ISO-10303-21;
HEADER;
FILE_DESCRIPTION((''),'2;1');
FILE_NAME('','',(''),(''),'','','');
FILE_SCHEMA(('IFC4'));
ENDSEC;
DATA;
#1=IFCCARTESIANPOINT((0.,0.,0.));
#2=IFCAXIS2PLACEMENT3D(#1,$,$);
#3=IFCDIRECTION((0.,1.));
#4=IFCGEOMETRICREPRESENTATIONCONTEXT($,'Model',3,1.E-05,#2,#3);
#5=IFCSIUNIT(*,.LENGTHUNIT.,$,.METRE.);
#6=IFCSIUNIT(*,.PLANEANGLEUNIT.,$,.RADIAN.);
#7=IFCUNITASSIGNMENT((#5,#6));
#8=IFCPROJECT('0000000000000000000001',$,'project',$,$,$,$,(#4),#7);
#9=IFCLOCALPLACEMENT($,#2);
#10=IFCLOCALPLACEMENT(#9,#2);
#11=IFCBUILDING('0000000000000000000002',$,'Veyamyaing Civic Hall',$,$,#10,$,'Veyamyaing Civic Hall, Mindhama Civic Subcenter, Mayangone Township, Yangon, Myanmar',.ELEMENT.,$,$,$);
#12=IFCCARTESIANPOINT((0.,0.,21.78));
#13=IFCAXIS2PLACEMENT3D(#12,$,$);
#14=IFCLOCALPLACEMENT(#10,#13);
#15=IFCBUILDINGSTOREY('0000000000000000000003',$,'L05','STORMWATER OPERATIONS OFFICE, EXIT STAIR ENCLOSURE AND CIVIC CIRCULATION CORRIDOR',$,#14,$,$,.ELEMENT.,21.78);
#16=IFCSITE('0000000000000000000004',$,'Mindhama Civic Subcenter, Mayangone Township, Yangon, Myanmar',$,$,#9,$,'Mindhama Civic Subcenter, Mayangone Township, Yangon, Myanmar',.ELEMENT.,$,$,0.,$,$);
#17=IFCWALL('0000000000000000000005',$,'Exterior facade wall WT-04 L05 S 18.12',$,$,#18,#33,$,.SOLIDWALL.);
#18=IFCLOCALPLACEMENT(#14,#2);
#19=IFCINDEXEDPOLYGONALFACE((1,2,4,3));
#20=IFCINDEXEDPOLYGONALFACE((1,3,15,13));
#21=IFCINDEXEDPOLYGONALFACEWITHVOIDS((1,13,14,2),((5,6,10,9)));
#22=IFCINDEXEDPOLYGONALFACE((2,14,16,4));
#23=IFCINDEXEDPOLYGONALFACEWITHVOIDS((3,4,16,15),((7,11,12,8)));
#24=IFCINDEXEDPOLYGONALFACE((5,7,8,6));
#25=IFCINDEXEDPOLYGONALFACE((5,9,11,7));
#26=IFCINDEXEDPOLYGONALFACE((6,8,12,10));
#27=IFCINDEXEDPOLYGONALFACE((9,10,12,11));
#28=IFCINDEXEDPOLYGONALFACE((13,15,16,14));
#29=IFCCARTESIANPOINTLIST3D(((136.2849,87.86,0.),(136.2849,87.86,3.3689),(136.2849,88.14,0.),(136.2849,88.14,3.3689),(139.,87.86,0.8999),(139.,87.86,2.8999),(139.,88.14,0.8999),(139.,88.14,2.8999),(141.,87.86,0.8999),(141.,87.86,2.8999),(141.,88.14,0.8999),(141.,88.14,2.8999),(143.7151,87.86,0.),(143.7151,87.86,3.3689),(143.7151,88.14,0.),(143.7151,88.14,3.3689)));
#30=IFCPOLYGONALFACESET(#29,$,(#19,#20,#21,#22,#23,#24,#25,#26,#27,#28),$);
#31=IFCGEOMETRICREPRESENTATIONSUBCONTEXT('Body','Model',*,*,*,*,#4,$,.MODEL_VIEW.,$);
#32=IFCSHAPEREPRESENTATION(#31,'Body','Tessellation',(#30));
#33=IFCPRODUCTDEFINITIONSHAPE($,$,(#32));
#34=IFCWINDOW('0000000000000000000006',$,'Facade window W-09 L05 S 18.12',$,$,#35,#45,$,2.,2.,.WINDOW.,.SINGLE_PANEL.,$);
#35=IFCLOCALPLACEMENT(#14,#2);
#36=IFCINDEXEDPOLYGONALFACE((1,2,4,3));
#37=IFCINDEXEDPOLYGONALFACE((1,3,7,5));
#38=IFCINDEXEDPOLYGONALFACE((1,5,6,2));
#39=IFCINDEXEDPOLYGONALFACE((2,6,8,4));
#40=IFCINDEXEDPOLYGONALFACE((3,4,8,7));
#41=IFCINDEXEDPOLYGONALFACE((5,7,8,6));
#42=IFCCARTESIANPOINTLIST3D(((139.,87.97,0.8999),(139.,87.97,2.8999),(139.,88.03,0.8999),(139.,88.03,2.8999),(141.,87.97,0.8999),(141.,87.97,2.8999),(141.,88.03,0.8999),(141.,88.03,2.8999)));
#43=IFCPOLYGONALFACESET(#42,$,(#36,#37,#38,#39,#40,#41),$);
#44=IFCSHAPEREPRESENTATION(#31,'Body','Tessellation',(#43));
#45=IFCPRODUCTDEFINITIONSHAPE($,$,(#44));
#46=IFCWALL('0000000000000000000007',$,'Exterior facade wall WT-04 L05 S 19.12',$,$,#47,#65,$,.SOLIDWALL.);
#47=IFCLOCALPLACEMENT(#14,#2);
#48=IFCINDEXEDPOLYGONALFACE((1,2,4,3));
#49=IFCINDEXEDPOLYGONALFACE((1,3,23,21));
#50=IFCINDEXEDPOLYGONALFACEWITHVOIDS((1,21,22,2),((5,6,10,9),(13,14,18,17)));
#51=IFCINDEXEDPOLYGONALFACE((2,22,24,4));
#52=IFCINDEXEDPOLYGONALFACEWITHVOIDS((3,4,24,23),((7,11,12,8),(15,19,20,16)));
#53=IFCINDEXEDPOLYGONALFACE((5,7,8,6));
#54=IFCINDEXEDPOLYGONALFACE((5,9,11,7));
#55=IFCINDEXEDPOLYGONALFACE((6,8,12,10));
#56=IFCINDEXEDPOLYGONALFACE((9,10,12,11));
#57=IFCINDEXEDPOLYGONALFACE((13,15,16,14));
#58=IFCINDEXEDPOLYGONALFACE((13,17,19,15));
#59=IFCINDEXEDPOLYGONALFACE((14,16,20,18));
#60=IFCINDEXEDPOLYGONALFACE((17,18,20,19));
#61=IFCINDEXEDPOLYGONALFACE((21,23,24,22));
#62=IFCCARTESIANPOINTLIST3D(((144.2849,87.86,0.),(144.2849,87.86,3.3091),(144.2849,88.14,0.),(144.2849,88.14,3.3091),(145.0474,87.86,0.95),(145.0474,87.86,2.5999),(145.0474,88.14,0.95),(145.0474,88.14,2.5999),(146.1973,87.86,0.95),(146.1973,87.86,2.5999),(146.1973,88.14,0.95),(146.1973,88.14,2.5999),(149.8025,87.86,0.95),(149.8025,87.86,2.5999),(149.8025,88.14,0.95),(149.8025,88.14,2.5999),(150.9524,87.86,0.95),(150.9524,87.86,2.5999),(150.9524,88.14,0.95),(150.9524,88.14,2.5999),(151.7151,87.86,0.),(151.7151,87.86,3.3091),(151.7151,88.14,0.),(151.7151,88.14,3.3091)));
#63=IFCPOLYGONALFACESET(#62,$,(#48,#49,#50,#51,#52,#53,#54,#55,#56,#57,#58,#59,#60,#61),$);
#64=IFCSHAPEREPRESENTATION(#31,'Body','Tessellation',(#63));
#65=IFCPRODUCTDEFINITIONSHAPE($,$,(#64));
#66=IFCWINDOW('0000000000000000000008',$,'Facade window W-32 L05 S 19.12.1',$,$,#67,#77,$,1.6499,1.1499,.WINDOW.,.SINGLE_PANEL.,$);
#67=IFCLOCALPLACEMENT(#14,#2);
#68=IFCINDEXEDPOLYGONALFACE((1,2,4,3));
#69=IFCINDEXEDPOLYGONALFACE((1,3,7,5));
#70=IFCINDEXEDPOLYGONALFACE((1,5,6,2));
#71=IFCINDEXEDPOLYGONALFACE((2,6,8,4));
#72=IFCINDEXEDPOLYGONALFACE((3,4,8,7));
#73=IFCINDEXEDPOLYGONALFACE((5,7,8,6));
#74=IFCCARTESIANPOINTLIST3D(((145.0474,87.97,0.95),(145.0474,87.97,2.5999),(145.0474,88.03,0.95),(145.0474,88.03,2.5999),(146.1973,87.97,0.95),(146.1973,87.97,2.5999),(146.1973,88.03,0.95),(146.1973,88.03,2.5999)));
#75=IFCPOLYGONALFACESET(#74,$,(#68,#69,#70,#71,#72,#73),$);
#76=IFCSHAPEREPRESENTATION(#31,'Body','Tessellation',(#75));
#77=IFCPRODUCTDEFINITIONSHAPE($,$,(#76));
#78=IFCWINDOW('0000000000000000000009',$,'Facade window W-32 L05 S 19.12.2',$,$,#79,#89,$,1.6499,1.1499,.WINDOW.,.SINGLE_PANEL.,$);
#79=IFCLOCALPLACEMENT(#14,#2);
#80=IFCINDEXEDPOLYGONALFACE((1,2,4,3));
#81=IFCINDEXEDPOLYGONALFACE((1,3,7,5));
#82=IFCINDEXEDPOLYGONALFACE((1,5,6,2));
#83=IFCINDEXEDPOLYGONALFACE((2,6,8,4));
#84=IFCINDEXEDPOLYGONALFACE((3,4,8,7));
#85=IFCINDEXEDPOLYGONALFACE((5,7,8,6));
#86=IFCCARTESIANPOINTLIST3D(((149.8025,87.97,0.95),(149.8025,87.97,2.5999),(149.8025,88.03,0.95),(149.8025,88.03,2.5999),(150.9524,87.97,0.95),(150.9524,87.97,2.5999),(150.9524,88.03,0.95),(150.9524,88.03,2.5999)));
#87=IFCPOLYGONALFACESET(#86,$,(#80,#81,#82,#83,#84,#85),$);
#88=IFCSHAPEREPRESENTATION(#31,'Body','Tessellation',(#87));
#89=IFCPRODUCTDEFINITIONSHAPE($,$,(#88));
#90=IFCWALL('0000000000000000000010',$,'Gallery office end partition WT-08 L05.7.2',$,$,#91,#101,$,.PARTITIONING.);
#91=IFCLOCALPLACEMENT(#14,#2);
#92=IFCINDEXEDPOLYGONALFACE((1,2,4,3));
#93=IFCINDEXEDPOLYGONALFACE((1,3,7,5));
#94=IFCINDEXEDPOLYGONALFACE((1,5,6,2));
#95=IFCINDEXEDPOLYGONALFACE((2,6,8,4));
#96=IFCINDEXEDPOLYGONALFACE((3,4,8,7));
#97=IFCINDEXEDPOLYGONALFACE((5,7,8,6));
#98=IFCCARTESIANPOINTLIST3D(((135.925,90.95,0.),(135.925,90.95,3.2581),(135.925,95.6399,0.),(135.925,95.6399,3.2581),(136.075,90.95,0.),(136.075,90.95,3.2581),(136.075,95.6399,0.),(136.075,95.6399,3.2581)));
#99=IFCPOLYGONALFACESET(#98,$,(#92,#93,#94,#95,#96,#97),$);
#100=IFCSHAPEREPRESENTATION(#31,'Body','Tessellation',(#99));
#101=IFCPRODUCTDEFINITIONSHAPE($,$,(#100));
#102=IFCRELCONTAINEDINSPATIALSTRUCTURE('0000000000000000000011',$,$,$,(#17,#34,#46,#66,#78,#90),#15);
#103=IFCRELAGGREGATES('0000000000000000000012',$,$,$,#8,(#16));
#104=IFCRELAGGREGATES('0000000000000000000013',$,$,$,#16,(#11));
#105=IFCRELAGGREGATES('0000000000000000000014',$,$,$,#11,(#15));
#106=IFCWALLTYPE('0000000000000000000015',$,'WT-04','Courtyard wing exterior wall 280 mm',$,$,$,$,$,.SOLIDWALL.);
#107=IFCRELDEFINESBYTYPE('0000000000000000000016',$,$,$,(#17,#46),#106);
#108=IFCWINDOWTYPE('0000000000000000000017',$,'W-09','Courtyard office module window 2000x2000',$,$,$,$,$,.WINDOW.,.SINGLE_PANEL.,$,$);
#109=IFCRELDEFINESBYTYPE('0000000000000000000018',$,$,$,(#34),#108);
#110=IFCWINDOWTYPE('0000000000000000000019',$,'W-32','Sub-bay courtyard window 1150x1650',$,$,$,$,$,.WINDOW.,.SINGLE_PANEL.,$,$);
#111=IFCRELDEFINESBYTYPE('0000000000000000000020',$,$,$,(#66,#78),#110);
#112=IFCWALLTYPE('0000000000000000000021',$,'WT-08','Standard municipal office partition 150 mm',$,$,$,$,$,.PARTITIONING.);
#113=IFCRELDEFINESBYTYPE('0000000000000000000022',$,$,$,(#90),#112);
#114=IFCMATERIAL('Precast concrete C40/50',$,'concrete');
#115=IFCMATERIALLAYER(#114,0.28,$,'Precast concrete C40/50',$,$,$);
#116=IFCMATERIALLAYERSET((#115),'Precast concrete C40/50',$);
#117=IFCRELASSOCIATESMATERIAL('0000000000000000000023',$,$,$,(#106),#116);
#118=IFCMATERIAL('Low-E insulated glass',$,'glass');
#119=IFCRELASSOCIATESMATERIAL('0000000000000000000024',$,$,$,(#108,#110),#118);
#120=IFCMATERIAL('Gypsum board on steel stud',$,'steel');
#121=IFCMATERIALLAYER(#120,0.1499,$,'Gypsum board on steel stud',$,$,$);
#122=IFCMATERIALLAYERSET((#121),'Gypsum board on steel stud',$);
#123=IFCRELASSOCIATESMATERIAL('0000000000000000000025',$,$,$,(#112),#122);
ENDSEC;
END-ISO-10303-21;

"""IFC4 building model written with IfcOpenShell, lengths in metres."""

from ifc_helpers import new_model, si_unit, direction, frame, frame_2d, origin, place, context, subcontext, project, spatial, rectangle, extrude, material, layer, layer_set, type_object, element, fill, save


model = new_model("IFC4")

# Units and contexts
model_context = context("Model", 3, precision=1e-05, world=origin(), true_north=direction((0.0, 1.0)))
body_context = subcontext(model_context, "Body", "Model", "MODEL_VIEW")
ifc_project = project(units=[si_unit("LENGTHUNIT", "METRE"), si_unit("PLANEANGLEUNIT", "RADIAN")], contexts=[model_context])

# Site, building, storey
site_placement = place(None, origin())
site = spatial("IfcSite", under=ifc_project, at=site_placement, Name="Mindhama Civic Subcenter, Mayangone Township, Yangon, Myanmar", LongName="Mindhama Civic Subcenter, Mayangone Township, Yangon, Myanmar", CompositionType="ELEMENT", RefElevation=0.0)
building_placement = place(site_placement, origin())
building = spatial("IfcBuilding", under=site, at=building_placement, Name="Veyamyaing Civic Hall", LongName="Veyamyaing Civic Hall, Mindhama Civic Subcenter, Mayangone Township, Yangon, Myanmar", CompositionType="ELEMENT")
storey_placement = place(building_placement, frame((0.0, 0.0, 21.78)))
storey = spatial("IfcBuildingStorey", under=building, at=storey_placement, Name="L05", Description="STORMWATER OPERATIONS OFFICE, EXIT STAIR ENCLOSURE AND CIVIC CIRCULATION CORRIDOR", CompositionType="ELEMENT", Elevation=21.78)

# Shared definitions
ifc_material_1 = material(Name="Low-E insulated glass", Category="glass")

# Wall, opening, window
ifc_material_2 = material(Name="Precast concrete C40/50", Category="concrete")
ifc_layer_1 = layer(ifc_material_2, 0.28, Name="Precast concrete C40/50")
ifc_layer_set_1 = layer_set([ifc_layer_1], Name="Precast concrete C40/50")
wall_type_1 = type_object("IfcWallType", Name="WT-04", Description="Courtyard wing exterior wall 280 mm", PredefinedType="SOLIDWALL", material=ifc_layer_set_1)
wall_1_placement = place(storey_placement, frame((136.2849, 88.0, 0.0), z_axis=(0.0, 0.0, 1.0), x_axis=(1.0, 0.0, 0.0)))
wall_1 = element("IfcWall", 1, at=wall_1_placement, inside=storey, type_object=wall_type_1, Name="Exterior facade wall WT-04 L05 S 18.12", PredefinedType="SOLIDWALL", context=body_context, shape_type="SweptSolid", body=[
    extrude(rectangle(XDim=7.4302, YDim=0.28, at=frame_2d((3.7151, 0.0))), origin(), (0.0, 0.0, 1.0), 3.3689),
])
opening_1_placement = place(wall_1_placement, frame((2.7151, 0.0, 0.8999)))
opening_1 = element("IfcOpeningElement", 2, at=opening_1_placement, cuts=wall_1, PredefinedType="OPENING", context=body_context, shape_type="SweptSolid", body=[
    extrude(rectangle(XDim=2.0, YDim=2.0, at=frame_2d((1.0, 1.0))), frame((0.0, 0.1499, 0.0), z_axis=(0.0, -1.0, 0.0), x_axis=(1.0, 0.0, 0.0)), (0.0, 0.0, 1.0), 0.3),
])
window_type_1 = type_object("IfcWindowType", Name="W-09", Description="Courtyard office module window 2000x2000", PartitioningType="SINGLE_PANEL", PredefinedType="WINDOW", material=ifc_material_1)
window_1_placement = place(opening_1_placement, origin())
window_1 = element("IfcWindow", 3, at=window_1_placement, inside=storey, type_object=window_type_1, Name="Facade window W-09 L05 S 18.12", OverallHeight=2.0, OverallWidth=2.0, PartitioningType="SINGLE_PANEL", PredefinedType="WINDOW", context=body_context, shape_type="SweptSolid", body=[
    extrude(rectangle(XDim=2.0, YDim=2.0, at=frame_2d((1.0, 1.0))), frame((0.0, 0.03, 0.0), z_axis=(0.0, -1.0, 0.0), x_axis=(1.0, 0.0, 0.0)), (0.0, 0.0, 1.0), 0.0601),
])
fill(opening_1, window_1)

# Wall, openings, windows
wall_2_placement = place(storey_placement, frame((144.2849, 88.0, 0.0), z_axis=(0.0, 0.0, 1.0), x_axis=(1.0, 0.0, 0.0)))
wall_2 = element("IfcWall", 4, at=wall_2_placement, inside=storey, type_object=wall_type_1, Name="Exterior facade wall WT-04 L05 S 19.12", PredefinedType="SOLIDWALL", context=body_context, shape_type="SweptSolid", body=[
    extrude(rectangle(XDim=7.4302, YDim=0.28, at=frame_2d((3.7151, 0.0))), origin(), (0.0, 0.0, 1.0), 3.3091),
])
opening_2_placement = place(wall_2_placement, frame((0.7625, 0.0, 0.95)))
opening_2 = element("IfcOpeningElement", 5, at=opening_2_placement, cuts=wall_2, PredefinedType="OPENING", context=body_context, shape_type="SweptSolid", body=[
    extrude(rectangle(XDim=1.1499, YDim=1.6499, at=frame_2d((0.575, 0.825))), frame((0.0, 0.1499, 0.0), z_axis=(0.0, -1.0, 0.0), x_axis=(1.0, 0.0, 0.0)), (0.0, 0.0, 1.0), 0.3),
])
opening_3_placement = place(wall_2_placement, frame((5.5176, 0.0, 0.95)))
opening_3 = element("IfcOpeningElement", 6, at=opening_3_placement, cuts=wall_2, PredefinedType="OPENING", context=body_context, shape_type="SweptSolid", body=[
    extrude(rectangle(XDim=1.1499, YDim=1.6499, at=frame_2d((0.575, 0.825))), frame((0.0, 0.1499, 0.0), z_axis=(0.0, -1.0, 0.0), x_axis=(1.0, 0.0, 0.0)), (0.0, 0.0, 1.0), 0.3),
])
window_type_2 = type_object("IfcWindowType", Name="W-32", Description="Sub-bay courtyard window 1150x1650", PartitioningType="SINGLE_PANEL", PredefinedType="WINDOW", material=ifc_material_1)
window_2_placement = place(opening_2_placement, origin())
window_2 = element("IfcWindow", 7, at=window_2_placement, inside=storey, type_object=window_type_2, Name="Facade window W-32 L05 S 19.12.1", OverallHeight=1.6499, OverallWidth=1.1499, PartitioningType="SINGLE_PANEL", PredefinedType="WINDOW", context=body_context, shape_type="SweptSolid", body=[
    extrude(rectangle(XDim=1.1499, YDim=1.6499, at=frame_2d((0.575, 0.825))), frame((0.0, 0.03, 0.0), z_axis=(0.0, -1.0, 0.0), x_axis=(1.0, 0.0, 0.0)), (0.0, 0.0, 1.0), 0.0601),
])
fill(opening_2, window_2)
window_3_placement = place(opening_3_placement, origin())
window_3 = element("IfcWindow", 8, at=window_3_placement, inside=storey, type_object=window_type_2, Name="Facade window W-32 L05 S 19.12.2", OverallHeight=1.6499, OverallWidth=1.1499, PartitioningType="SINGLE_PANEL", PredefinedType="WINDOW", context=body_context, shape_type="SweptSolid", body=[
    extrude(rectangle(XDim=1.1499, YDim=1.6499, at=frame_2d((0.575, 0.825))), frame((0.0, 0.03, 0.0), z_axis=(0.0, -1.0, 0.0), x_axis=(1.0, 0.0, 0.0)), (0.0, 0.0, 1.0), 0.0601),
])
fill(opening_3, window_3)

# Wall
ifc_material_3 = material(Name="Gypsum board on steel stud", Category="steel")
ifc_layer_2 = layer(ifc_material_3, 0.1499, Name="Gypsum board on steel stud")
ifc_layer_set_2 = layer_set([ifc_layer_2], Name="Gypsum board on steel stud")
wall_type_2 = type_object("IfcWallType", Name="WT-08", Description="Standard municipal office partition 150 mm", PredefinedType="PARTITIONING", material=ifc_layer_set_2)
wall_3_placement = place(storey_placement, frame((136.0, 90.95, 0.0), z_axis=(0.0, 0.0, 1.0), x_axis=(0.0, 1.0, 0.0)))
element("IfcWall", 9, at=wall_3_placement, inside=storey, type_object=wall_type_2, Name="Gallery office end partition WT-08 L05.7.2", PredefinedType="PARTITIONING", context=body_context, shape_type="SweptSolid", body=[
    extrude(rectangle(XDim=4.6899, YDim=0.1499, at=frame_2d((2.345, 0.0))), origin(), (0.0, 0.0, 1.0), 3.2581),
])

save(model, "model.ifc")
